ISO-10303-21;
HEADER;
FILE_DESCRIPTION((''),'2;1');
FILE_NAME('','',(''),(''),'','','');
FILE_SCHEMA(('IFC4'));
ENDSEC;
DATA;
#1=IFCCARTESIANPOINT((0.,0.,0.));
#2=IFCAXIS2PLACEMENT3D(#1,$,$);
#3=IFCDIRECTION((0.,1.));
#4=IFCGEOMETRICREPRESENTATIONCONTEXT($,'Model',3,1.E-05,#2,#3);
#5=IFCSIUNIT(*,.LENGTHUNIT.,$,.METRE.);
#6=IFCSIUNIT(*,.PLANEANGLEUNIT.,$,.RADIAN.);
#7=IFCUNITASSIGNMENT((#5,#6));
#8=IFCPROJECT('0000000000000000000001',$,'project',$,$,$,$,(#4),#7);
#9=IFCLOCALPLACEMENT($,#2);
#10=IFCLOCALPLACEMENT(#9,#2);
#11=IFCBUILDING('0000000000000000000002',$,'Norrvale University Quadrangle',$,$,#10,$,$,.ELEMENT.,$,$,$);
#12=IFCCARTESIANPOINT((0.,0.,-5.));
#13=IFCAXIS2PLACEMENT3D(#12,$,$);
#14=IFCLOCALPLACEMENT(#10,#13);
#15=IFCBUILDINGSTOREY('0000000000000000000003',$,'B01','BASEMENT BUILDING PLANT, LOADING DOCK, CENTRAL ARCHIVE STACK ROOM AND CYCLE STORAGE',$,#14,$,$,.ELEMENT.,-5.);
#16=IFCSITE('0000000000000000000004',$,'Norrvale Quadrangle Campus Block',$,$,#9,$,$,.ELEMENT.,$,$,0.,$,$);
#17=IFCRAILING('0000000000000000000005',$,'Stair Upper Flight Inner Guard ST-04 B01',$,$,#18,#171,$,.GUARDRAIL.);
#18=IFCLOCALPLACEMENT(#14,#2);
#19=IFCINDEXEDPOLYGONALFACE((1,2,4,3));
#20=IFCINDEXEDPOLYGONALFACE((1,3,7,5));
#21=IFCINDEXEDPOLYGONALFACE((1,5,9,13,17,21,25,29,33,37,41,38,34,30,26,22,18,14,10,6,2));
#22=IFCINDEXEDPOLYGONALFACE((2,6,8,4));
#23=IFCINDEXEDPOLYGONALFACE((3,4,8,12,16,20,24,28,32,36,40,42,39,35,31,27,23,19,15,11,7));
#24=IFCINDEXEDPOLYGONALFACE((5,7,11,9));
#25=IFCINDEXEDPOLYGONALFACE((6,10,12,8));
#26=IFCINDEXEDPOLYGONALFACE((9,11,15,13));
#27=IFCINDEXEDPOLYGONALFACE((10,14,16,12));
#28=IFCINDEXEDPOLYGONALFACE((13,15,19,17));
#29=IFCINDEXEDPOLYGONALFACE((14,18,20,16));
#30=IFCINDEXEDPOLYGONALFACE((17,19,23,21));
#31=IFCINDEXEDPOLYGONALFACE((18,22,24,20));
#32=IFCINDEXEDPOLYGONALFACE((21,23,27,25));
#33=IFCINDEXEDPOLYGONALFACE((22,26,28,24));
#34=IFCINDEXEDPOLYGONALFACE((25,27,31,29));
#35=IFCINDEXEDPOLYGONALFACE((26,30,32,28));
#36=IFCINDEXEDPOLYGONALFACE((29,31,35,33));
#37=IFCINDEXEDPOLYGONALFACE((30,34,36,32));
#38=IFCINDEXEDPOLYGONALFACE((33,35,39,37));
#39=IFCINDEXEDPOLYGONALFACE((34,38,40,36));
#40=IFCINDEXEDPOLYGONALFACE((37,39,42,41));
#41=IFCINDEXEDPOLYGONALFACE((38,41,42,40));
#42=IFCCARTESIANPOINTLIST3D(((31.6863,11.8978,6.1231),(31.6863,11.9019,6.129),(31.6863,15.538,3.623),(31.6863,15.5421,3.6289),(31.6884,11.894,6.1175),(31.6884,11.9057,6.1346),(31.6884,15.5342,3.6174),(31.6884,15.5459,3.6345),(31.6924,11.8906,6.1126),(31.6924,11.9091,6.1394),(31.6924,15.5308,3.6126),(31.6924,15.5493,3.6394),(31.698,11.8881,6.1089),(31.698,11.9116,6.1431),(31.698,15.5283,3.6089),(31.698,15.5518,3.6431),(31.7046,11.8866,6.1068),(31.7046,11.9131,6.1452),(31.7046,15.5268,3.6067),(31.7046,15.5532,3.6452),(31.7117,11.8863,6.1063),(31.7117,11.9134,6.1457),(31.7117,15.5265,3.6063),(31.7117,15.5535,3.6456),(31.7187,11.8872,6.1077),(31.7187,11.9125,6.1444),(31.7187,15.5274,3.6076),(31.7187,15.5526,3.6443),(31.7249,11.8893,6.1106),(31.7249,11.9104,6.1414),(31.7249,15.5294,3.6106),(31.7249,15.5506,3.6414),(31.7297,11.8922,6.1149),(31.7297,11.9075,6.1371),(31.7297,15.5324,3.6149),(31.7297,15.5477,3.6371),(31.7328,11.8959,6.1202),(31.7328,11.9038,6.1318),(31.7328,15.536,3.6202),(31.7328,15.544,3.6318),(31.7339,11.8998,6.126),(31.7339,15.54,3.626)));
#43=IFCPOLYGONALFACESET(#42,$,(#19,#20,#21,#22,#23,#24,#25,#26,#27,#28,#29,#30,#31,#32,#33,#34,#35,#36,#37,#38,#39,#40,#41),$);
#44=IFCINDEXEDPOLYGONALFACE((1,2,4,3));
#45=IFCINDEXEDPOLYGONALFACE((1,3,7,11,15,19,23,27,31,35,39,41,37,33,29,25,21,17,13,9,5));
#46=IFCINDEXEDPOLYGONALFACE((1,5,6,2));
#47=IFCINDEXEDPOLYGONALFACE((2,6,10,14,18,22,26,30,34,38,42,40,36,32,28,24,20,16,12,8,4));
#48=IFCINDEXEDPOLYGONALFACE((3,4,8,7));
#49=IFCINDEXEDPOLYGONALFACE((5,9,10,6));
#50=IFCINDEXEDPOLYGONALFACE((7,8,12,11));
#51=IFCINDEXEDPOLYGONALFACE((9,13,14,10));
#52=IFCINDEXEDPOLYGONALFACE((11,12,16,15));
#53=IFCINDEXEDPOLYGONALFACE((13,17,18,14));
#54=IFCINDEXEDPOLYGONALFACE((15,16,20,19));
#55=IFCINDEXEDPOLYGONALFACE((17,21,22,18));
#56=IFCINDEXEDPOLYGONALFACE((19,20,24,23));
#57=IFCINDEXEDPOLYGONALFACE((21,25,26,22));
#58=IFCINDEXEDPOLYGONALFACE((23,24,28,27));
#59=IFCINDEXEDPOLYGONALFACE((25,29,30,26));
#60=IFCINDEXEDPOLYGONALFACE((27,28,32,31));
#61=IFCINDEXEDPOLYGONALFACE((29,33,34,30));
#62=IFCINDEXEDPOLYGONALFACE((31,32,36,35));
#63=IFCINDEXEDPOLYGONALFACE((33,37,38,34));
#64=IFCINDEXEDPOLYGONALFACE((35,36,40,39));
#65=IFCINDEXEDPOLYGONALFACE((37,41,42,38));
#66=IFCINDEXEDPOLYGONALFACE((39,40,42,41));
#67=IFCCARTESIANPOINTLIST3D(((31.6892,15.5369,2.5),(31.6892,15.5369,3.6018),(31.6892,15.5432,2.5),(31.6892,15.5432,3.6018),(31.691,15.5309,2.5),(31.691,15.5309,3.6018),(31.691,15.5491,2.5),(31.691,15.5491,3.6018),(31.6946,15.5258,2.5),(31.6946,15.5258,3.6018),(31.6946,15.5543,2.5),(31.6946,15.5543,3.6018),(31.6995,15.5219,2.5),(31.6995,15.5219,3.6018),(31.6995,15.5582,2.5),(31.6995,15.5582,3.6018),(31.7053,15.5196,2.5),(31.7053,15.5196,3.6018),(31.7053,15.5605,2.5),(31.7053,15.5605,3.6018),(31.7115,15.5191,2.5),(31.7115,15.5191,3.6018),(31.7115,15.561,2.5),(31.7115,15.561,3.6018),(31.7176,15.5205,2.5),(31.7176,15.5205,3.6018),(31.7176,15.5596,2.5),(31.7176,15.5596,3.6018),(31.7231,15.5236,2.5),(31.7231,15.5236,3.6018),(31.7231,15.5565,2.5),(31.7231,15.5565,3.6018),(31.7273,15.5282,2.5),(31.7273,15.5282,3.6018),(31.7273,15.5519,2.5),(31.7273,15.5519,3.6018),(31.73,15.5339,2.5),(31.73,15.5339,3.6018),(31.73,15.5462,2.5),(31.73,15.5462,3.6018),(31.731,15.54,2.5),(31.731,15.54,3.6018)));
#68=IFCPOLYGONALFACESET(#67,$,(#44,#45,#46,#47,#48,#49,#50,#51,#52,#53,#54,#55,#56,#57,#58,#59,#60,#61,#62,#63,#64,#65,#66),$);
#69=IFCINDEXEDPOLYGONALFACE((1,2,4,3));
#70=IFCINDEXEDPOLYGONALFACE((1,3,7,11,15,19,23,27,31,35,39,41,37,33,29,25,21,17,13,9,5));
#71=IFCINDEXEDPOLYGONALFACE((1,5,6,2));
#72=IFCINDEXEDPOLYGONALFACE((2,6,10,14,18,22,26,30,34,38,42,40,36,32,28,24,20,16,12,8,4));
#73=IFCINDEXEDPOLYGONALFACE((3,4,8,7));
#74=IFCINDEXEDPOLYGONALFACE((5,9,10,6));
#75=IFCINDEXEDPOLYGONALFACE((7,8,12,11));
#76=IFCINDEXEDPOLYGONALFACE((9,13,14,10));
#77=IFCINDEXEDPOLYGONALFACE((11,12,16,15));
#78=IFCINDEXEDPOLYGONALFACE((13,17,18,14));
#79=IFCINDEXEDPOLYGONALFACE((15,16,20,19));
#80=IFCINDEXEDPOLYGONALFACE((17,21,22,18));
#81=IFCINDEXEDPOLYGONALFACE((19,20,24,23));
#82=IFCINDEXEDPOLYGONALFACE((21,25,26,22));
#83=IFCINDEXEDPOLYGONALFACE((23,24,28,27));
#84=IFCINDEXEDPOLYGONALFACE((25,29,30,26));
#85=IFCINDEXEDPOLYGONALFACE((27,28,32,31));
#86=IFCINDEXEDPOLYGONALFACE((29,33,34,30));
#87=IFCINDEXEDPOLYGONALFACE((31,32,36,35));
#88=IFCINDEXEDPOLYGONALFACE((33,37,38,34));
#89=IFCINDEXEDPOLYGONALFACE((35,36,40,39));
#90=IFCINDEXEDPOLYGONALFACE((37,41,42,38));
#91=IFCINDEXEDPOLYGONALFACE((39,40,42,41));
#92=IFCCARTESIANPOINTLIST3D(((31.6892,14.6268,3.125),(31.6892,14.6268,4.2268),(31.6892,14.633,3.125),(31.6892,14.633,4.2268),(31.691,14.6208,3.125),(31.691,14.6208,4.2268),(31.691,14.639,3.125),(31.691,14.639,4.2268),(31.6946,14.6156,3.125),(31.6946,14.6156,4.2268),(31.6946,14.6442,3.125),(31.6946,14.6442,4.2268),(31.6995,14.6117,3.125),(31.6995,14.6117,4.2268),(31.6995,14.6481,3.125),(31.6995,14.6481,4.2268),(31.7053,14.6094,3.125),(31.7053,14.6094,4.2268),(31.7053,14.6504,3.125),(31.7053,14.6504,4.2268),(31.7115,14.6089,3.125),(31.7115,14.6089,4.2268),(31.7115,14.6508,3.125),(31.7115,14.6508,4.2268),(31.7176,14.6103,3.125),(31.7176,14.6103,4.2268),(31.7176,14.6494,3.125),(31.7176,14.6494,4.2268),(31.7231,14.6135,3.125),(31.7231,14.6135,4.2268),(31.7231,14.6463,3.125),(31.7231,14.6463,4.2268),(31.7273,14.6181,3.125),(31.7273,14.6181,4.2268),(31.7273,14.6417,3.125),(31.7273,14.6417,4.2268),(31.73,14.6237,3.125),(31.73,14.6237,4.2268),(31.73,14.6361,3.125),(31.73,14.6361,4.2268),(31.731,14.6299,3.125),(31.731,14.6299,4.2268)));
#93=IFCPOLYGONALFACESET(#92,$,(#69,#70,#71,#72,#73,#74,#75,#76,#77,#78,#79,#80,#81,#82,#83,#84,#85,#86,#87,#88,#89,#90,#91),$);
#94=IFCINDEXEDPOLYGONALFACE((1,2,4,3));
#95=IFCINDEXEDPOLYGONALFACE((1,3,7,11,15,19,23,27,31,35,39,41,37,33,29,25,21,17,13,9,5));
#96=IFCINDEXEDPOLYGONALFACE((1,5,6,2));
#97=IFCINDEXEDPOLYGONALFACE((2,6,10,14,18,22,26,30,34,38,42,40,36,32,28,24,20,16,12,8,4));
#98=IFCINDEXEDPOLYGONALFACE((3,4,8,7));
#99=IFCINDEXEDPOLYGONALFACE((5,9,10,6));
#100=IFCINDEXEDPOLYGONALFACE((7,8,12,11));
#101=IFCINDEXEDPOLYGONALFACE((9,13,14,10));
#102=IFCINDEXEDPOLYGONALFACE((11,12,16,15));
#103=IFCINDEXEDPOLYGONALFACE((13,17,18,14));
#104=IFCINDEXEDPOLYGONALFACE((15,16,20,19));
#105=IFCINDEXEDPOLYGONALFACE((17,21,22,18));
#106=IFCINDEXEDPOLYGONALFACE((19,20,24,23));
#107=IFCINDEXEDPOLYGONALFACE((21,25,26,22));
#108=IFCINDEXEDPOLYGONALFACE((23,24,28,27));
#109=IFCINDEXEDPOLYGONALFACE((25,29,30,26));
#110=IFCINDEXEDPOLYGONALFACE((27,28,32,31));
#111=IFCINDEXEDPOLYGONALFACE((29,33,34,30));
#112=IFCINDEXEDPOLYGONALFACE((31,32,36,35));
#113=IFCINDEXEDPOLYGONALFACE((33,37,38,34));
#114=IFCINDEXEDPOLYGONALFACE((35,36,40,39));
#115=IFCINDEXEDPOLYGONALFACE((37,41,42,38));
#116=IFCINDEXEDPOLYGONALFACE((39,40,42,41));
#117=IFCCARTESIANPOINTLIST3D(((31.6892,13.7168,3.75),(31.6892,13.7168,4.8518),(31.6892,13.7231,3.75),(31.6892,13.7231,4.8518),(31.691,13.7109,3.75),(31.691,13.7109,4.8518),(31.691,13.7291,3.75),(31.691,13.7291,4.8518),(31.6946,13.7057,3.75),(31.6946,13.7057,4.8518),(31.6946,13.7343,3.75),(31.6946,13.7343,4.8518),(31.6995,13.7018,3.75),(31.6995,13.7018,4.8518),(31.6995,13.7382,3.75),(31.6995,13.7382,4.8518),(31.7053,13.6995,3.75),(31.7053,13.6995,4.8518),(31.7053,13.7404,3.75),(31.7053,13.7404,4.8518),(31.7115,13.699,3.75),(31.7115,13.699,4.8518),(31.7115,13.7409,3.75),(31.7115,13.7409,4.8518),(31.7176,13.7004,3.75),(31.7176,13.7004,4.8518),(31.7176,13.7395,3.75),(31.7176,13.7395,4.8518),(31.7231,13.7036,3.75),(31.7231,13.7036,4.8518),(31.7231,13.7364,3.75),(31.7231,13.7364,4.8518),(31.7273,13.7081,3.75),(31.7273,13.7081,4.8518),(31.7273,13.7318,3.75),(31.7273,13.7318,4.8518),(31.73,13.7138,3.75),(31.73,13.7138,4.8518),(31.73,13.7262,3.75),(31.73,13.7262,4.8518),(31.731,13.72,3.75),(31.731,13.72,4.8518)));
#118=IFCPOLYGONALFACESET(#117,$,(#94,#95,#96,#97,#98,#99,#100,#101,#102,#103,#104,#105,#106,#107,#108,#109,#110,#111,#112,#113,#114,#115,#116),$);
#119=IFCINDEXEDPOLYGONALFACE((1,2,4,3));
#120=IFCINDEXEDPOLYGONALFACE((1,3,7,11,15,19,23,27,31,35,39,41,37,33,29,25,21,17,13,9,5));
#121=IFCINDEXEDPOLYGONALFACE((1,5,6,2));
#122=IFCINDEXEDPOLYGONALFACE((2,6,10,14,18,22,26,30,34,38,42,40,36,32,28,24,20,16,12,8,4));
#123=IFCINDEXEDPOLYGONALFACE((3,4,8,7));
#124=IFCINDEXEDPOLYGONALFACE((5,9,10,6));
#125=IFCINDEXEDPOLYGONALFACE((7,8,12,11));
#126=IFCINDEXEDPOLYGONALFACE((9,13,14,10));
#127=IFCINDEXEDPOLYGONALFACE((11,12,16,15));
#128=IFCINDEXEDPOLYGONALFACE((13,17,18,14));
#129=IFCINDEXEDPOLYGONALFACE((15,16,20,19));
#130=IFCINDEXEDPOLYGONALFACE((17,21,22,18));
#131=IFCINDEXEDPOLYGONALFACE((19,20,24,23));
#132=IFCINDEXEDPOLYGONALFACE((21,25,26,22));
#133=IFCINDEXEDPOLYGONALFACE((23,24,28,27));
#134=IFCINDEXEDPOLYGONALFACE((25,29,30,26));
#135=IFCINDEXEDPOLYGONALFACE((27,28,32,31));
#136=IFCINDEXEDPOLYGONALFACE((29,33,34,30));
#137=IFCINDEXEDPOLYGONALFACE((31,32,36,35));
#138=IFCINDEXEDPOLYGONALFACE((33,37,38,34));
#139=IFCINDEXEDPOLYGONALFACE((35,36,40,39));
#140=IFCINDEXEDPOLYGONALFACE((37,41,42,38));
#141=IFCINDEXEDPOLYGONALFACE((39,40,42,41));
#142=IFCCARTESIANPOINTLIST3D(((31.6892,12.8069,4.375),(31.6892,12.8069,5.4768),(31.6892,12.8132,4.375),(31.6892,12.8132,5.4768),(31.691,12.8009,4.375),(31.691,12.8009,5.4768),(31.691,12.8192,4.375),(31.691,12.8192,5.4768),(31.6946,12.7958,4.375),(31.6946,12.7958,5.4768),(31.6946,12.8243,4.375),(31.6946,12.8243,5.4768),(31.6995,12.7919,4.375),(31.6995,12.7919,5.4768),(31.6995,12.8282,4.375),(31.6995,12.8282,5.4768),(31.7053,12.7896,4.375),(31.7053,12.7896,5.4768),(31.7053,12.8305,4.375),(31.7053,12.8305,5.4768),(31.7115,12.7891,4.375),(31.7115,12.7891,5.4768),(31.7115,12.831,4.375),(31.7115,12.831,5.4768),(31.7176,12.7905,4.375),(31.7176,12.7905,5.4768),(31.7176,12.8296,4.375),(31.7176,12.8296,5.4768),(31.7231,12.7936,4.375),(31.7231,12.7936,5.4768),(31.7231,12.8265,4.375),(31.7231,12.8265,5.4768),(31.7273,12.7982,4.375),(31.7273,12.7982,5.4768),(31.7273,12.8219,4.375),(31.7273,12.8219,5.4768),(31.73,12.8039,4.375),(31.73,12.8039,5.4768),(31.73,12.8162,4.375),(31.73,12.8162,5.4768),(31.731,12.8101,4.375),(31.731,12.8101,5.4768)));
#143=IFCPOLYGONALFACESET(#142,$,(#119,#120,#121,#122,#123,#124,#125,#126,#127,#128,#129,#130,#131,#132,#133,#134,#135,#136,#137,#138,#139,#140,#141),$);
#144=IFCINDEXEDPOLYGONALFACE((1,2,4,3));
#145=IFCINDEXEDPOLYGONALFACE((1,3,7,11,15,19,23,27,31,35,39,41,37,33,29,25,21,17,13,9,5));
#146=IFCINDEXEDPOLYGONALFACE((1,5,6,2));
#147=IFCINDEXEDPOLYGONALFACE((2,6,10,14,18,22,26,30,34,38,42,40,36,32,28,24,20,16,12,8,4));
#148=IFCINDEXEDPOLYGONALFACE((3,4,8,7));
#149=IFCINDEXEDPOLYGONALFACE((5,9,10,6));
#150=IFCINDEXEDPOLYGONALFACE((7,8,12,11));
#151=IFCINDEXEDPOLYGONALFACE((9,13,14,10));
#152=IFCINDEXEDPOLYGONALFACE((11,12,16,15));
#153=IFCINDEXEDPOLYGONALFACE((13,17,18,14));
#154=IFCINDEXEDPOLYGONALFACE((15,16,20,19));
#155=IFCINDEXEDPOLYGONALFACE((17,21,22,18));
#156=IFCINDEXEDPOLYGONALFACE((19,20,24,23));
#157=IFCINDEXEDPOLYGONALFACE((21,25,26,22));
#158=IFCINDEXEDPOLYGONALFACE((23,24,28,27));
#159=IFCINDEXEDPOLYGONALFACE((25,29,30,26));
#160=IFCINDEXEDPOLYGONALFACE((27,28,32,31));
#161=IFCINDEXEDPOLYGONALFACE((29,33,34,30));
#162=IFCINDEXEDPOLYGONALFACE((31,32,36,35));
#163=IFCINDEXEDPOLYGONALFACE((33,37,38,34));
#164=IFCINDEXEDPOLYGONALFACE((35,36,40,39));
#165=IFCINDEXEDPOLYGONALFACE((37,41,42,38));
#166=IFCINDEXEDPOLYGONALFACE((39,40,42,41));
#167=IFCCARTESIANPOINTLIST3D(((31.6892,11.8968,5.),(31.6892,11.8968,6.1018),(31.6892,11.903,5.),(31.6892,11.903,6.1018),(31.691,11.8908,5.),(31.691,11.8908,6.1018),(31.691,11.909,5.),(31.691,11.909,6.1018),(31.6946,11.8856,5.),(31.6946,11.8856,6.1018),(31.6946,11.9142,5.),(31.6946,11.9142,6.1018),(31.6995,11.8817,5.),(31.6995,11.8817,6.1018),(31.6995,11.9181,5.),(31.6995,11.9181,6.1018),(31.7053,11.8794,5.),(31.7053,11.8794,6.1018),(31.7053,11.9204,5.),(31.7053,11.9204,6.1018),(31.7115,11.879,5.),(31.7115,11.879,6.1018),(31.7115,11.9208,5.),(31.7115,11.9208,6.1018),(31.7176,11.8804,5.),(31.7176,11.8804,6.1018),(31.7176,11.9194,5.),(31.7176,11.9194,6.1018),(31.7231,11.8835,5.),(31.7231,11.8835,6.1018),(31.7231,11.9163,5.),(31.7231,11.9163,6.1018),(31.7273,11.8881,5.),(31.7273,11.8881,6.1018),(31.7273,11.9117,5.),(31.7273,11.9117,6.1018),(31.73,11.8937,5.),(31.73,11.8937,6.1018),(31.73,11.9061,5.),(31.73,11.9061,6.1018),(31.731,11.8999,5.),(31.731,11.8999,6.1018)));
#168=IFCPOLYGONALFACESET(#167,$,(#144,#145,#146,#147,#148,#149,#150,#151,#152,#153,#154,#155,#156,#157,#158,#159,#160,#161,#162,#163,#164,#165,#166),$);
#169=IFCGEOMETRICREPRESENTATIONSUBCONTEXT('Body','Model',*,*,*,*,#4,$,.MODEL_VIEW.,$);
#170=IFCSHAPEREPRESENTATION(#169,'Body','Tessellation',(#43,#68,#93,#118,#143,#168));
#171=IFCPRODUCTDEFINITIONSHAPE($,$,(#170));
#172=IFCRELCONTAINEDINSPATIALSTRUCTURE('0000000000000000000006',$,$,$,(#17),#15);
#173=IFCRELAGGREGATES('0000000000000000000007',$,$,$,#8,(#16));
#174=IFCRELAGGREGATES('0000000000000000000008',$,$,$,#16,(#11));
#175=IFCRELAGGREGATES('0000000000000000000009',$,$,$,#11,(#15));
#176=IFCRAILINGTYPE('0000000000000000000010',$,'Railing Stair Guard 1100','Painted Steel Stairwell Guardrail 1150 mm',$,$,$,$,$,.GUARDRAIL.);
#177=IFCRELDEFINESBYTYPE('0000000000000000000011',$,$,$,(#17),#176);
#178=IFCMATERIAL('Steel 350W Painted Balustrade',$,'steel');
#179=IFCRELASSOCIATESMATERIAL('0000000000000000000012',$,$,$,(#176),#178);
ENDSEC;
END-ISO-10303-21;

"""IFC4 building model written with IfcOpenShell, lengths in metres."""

from ifc_helpers import new_model, si_unit, direction, frame, origin, origin_2d, place, context, subcontext, project, spatial, circle, extrude, material, type_object, element, save


model = new_model("IFC4")

# Units and contexts
model_context = context("Model", 3, precision=1e-05, world=origin(), true_north=direction((0.0, 1.0)))
body_context = subcontext(model_context, "Body", "Model", "MODEL_VIEW")
ifc_project = project(units=[si_unit("LENGTHUNIT", "METRE"), si_unit("PLANEANGLEUNIT", "RADIAN")], contexts=[model_context])

# Site, building, storey
site_placement = place(None, origin())
site = spatial("IfcSite", under=ifc_project, at=site_placement, Name="Norrvale Quadrangle Campus Block", CompositionType="ELEMENT", RefElevation=0.0)
building_placement = place(site_placement, origin())
building = spatial("IfcBuilding", under=site, at=building_placement, Name="Norrvale University Quadrangle", CompositionType="ELEMENT")
storey_placement = place(building_placement, frame((0.0, 0.0, -5.0)))
storey = spatial("IfcBuildingStorey", under=building, at=storey_placement, Name="B01", Description="BASEMENT BUILDING PLANT, LOADING DOCK, CENTRAL ARCHIVE STACK ROOM AND CYCLE STORAGE", CompositionType="ELEMENT", Elevation=-5.0)

# Railing
ifc_material_1 = material(Name="Steel 350W Painted Balustrade", Category="steel")
railing_type_1 = type_object("IfcRailingType", Name="Railing Stair Guard 1100", Description="Painted Steel Stairwell Guardrail 1150 mm", PredefinedType="GUARDRAIL", material=ifc_material_1)
railing_1_placement = place(storey_placement, frame((31.71, 15.54, 2.5)))
element("IfcRailing", 1, at=railing_1_placement, inside=storey, type_object=railing_type_1, Name="Stair Upper Flight Inner Guard ST-04 B01", PredefinedType="GUARDRAIL", context=body_context, shape_type="SweptSolid", body=[
    extrude(circle(Radius=0.0239, at=origin_2d()), frame((0.0, 0.0, 1.126), z_axis=(0.0, -0.824316, 0.56613), x_axis=(1.0, 0.0, 0.0)), (0.0, 0.0, 1.0), 4.416),
    extrude(circle(Radius=0.021, at=origin_2d()), origin(), (0.0, 0.0, 1.0), 1.1018),
    extrude(circle(Radius=0.021, at=origin_2d()), frame((0.0, -0.9102, 0.625)), (0.0, 0.0, 1.0), 1.1018),
    extrude(circle(Radius=0.021, at=origin_2d()), frame((0.0, -1.8201, 1.25)), (0.0, 0.0, 1.0), 1.1018),
    extrude(circle(Radius=0.021, at=origin_2d()), frame((0.0, -2.73, 1.875)), (0.0, 0.0, 1.0), 1.1018),
    extrude(circle(Radius=0.021, at=origin_2d()), frame((0.0, -3.6401, 2.5)), (0.0, 0.0, 1.0), 1.1018),
])

save(model, "model.ifc")
